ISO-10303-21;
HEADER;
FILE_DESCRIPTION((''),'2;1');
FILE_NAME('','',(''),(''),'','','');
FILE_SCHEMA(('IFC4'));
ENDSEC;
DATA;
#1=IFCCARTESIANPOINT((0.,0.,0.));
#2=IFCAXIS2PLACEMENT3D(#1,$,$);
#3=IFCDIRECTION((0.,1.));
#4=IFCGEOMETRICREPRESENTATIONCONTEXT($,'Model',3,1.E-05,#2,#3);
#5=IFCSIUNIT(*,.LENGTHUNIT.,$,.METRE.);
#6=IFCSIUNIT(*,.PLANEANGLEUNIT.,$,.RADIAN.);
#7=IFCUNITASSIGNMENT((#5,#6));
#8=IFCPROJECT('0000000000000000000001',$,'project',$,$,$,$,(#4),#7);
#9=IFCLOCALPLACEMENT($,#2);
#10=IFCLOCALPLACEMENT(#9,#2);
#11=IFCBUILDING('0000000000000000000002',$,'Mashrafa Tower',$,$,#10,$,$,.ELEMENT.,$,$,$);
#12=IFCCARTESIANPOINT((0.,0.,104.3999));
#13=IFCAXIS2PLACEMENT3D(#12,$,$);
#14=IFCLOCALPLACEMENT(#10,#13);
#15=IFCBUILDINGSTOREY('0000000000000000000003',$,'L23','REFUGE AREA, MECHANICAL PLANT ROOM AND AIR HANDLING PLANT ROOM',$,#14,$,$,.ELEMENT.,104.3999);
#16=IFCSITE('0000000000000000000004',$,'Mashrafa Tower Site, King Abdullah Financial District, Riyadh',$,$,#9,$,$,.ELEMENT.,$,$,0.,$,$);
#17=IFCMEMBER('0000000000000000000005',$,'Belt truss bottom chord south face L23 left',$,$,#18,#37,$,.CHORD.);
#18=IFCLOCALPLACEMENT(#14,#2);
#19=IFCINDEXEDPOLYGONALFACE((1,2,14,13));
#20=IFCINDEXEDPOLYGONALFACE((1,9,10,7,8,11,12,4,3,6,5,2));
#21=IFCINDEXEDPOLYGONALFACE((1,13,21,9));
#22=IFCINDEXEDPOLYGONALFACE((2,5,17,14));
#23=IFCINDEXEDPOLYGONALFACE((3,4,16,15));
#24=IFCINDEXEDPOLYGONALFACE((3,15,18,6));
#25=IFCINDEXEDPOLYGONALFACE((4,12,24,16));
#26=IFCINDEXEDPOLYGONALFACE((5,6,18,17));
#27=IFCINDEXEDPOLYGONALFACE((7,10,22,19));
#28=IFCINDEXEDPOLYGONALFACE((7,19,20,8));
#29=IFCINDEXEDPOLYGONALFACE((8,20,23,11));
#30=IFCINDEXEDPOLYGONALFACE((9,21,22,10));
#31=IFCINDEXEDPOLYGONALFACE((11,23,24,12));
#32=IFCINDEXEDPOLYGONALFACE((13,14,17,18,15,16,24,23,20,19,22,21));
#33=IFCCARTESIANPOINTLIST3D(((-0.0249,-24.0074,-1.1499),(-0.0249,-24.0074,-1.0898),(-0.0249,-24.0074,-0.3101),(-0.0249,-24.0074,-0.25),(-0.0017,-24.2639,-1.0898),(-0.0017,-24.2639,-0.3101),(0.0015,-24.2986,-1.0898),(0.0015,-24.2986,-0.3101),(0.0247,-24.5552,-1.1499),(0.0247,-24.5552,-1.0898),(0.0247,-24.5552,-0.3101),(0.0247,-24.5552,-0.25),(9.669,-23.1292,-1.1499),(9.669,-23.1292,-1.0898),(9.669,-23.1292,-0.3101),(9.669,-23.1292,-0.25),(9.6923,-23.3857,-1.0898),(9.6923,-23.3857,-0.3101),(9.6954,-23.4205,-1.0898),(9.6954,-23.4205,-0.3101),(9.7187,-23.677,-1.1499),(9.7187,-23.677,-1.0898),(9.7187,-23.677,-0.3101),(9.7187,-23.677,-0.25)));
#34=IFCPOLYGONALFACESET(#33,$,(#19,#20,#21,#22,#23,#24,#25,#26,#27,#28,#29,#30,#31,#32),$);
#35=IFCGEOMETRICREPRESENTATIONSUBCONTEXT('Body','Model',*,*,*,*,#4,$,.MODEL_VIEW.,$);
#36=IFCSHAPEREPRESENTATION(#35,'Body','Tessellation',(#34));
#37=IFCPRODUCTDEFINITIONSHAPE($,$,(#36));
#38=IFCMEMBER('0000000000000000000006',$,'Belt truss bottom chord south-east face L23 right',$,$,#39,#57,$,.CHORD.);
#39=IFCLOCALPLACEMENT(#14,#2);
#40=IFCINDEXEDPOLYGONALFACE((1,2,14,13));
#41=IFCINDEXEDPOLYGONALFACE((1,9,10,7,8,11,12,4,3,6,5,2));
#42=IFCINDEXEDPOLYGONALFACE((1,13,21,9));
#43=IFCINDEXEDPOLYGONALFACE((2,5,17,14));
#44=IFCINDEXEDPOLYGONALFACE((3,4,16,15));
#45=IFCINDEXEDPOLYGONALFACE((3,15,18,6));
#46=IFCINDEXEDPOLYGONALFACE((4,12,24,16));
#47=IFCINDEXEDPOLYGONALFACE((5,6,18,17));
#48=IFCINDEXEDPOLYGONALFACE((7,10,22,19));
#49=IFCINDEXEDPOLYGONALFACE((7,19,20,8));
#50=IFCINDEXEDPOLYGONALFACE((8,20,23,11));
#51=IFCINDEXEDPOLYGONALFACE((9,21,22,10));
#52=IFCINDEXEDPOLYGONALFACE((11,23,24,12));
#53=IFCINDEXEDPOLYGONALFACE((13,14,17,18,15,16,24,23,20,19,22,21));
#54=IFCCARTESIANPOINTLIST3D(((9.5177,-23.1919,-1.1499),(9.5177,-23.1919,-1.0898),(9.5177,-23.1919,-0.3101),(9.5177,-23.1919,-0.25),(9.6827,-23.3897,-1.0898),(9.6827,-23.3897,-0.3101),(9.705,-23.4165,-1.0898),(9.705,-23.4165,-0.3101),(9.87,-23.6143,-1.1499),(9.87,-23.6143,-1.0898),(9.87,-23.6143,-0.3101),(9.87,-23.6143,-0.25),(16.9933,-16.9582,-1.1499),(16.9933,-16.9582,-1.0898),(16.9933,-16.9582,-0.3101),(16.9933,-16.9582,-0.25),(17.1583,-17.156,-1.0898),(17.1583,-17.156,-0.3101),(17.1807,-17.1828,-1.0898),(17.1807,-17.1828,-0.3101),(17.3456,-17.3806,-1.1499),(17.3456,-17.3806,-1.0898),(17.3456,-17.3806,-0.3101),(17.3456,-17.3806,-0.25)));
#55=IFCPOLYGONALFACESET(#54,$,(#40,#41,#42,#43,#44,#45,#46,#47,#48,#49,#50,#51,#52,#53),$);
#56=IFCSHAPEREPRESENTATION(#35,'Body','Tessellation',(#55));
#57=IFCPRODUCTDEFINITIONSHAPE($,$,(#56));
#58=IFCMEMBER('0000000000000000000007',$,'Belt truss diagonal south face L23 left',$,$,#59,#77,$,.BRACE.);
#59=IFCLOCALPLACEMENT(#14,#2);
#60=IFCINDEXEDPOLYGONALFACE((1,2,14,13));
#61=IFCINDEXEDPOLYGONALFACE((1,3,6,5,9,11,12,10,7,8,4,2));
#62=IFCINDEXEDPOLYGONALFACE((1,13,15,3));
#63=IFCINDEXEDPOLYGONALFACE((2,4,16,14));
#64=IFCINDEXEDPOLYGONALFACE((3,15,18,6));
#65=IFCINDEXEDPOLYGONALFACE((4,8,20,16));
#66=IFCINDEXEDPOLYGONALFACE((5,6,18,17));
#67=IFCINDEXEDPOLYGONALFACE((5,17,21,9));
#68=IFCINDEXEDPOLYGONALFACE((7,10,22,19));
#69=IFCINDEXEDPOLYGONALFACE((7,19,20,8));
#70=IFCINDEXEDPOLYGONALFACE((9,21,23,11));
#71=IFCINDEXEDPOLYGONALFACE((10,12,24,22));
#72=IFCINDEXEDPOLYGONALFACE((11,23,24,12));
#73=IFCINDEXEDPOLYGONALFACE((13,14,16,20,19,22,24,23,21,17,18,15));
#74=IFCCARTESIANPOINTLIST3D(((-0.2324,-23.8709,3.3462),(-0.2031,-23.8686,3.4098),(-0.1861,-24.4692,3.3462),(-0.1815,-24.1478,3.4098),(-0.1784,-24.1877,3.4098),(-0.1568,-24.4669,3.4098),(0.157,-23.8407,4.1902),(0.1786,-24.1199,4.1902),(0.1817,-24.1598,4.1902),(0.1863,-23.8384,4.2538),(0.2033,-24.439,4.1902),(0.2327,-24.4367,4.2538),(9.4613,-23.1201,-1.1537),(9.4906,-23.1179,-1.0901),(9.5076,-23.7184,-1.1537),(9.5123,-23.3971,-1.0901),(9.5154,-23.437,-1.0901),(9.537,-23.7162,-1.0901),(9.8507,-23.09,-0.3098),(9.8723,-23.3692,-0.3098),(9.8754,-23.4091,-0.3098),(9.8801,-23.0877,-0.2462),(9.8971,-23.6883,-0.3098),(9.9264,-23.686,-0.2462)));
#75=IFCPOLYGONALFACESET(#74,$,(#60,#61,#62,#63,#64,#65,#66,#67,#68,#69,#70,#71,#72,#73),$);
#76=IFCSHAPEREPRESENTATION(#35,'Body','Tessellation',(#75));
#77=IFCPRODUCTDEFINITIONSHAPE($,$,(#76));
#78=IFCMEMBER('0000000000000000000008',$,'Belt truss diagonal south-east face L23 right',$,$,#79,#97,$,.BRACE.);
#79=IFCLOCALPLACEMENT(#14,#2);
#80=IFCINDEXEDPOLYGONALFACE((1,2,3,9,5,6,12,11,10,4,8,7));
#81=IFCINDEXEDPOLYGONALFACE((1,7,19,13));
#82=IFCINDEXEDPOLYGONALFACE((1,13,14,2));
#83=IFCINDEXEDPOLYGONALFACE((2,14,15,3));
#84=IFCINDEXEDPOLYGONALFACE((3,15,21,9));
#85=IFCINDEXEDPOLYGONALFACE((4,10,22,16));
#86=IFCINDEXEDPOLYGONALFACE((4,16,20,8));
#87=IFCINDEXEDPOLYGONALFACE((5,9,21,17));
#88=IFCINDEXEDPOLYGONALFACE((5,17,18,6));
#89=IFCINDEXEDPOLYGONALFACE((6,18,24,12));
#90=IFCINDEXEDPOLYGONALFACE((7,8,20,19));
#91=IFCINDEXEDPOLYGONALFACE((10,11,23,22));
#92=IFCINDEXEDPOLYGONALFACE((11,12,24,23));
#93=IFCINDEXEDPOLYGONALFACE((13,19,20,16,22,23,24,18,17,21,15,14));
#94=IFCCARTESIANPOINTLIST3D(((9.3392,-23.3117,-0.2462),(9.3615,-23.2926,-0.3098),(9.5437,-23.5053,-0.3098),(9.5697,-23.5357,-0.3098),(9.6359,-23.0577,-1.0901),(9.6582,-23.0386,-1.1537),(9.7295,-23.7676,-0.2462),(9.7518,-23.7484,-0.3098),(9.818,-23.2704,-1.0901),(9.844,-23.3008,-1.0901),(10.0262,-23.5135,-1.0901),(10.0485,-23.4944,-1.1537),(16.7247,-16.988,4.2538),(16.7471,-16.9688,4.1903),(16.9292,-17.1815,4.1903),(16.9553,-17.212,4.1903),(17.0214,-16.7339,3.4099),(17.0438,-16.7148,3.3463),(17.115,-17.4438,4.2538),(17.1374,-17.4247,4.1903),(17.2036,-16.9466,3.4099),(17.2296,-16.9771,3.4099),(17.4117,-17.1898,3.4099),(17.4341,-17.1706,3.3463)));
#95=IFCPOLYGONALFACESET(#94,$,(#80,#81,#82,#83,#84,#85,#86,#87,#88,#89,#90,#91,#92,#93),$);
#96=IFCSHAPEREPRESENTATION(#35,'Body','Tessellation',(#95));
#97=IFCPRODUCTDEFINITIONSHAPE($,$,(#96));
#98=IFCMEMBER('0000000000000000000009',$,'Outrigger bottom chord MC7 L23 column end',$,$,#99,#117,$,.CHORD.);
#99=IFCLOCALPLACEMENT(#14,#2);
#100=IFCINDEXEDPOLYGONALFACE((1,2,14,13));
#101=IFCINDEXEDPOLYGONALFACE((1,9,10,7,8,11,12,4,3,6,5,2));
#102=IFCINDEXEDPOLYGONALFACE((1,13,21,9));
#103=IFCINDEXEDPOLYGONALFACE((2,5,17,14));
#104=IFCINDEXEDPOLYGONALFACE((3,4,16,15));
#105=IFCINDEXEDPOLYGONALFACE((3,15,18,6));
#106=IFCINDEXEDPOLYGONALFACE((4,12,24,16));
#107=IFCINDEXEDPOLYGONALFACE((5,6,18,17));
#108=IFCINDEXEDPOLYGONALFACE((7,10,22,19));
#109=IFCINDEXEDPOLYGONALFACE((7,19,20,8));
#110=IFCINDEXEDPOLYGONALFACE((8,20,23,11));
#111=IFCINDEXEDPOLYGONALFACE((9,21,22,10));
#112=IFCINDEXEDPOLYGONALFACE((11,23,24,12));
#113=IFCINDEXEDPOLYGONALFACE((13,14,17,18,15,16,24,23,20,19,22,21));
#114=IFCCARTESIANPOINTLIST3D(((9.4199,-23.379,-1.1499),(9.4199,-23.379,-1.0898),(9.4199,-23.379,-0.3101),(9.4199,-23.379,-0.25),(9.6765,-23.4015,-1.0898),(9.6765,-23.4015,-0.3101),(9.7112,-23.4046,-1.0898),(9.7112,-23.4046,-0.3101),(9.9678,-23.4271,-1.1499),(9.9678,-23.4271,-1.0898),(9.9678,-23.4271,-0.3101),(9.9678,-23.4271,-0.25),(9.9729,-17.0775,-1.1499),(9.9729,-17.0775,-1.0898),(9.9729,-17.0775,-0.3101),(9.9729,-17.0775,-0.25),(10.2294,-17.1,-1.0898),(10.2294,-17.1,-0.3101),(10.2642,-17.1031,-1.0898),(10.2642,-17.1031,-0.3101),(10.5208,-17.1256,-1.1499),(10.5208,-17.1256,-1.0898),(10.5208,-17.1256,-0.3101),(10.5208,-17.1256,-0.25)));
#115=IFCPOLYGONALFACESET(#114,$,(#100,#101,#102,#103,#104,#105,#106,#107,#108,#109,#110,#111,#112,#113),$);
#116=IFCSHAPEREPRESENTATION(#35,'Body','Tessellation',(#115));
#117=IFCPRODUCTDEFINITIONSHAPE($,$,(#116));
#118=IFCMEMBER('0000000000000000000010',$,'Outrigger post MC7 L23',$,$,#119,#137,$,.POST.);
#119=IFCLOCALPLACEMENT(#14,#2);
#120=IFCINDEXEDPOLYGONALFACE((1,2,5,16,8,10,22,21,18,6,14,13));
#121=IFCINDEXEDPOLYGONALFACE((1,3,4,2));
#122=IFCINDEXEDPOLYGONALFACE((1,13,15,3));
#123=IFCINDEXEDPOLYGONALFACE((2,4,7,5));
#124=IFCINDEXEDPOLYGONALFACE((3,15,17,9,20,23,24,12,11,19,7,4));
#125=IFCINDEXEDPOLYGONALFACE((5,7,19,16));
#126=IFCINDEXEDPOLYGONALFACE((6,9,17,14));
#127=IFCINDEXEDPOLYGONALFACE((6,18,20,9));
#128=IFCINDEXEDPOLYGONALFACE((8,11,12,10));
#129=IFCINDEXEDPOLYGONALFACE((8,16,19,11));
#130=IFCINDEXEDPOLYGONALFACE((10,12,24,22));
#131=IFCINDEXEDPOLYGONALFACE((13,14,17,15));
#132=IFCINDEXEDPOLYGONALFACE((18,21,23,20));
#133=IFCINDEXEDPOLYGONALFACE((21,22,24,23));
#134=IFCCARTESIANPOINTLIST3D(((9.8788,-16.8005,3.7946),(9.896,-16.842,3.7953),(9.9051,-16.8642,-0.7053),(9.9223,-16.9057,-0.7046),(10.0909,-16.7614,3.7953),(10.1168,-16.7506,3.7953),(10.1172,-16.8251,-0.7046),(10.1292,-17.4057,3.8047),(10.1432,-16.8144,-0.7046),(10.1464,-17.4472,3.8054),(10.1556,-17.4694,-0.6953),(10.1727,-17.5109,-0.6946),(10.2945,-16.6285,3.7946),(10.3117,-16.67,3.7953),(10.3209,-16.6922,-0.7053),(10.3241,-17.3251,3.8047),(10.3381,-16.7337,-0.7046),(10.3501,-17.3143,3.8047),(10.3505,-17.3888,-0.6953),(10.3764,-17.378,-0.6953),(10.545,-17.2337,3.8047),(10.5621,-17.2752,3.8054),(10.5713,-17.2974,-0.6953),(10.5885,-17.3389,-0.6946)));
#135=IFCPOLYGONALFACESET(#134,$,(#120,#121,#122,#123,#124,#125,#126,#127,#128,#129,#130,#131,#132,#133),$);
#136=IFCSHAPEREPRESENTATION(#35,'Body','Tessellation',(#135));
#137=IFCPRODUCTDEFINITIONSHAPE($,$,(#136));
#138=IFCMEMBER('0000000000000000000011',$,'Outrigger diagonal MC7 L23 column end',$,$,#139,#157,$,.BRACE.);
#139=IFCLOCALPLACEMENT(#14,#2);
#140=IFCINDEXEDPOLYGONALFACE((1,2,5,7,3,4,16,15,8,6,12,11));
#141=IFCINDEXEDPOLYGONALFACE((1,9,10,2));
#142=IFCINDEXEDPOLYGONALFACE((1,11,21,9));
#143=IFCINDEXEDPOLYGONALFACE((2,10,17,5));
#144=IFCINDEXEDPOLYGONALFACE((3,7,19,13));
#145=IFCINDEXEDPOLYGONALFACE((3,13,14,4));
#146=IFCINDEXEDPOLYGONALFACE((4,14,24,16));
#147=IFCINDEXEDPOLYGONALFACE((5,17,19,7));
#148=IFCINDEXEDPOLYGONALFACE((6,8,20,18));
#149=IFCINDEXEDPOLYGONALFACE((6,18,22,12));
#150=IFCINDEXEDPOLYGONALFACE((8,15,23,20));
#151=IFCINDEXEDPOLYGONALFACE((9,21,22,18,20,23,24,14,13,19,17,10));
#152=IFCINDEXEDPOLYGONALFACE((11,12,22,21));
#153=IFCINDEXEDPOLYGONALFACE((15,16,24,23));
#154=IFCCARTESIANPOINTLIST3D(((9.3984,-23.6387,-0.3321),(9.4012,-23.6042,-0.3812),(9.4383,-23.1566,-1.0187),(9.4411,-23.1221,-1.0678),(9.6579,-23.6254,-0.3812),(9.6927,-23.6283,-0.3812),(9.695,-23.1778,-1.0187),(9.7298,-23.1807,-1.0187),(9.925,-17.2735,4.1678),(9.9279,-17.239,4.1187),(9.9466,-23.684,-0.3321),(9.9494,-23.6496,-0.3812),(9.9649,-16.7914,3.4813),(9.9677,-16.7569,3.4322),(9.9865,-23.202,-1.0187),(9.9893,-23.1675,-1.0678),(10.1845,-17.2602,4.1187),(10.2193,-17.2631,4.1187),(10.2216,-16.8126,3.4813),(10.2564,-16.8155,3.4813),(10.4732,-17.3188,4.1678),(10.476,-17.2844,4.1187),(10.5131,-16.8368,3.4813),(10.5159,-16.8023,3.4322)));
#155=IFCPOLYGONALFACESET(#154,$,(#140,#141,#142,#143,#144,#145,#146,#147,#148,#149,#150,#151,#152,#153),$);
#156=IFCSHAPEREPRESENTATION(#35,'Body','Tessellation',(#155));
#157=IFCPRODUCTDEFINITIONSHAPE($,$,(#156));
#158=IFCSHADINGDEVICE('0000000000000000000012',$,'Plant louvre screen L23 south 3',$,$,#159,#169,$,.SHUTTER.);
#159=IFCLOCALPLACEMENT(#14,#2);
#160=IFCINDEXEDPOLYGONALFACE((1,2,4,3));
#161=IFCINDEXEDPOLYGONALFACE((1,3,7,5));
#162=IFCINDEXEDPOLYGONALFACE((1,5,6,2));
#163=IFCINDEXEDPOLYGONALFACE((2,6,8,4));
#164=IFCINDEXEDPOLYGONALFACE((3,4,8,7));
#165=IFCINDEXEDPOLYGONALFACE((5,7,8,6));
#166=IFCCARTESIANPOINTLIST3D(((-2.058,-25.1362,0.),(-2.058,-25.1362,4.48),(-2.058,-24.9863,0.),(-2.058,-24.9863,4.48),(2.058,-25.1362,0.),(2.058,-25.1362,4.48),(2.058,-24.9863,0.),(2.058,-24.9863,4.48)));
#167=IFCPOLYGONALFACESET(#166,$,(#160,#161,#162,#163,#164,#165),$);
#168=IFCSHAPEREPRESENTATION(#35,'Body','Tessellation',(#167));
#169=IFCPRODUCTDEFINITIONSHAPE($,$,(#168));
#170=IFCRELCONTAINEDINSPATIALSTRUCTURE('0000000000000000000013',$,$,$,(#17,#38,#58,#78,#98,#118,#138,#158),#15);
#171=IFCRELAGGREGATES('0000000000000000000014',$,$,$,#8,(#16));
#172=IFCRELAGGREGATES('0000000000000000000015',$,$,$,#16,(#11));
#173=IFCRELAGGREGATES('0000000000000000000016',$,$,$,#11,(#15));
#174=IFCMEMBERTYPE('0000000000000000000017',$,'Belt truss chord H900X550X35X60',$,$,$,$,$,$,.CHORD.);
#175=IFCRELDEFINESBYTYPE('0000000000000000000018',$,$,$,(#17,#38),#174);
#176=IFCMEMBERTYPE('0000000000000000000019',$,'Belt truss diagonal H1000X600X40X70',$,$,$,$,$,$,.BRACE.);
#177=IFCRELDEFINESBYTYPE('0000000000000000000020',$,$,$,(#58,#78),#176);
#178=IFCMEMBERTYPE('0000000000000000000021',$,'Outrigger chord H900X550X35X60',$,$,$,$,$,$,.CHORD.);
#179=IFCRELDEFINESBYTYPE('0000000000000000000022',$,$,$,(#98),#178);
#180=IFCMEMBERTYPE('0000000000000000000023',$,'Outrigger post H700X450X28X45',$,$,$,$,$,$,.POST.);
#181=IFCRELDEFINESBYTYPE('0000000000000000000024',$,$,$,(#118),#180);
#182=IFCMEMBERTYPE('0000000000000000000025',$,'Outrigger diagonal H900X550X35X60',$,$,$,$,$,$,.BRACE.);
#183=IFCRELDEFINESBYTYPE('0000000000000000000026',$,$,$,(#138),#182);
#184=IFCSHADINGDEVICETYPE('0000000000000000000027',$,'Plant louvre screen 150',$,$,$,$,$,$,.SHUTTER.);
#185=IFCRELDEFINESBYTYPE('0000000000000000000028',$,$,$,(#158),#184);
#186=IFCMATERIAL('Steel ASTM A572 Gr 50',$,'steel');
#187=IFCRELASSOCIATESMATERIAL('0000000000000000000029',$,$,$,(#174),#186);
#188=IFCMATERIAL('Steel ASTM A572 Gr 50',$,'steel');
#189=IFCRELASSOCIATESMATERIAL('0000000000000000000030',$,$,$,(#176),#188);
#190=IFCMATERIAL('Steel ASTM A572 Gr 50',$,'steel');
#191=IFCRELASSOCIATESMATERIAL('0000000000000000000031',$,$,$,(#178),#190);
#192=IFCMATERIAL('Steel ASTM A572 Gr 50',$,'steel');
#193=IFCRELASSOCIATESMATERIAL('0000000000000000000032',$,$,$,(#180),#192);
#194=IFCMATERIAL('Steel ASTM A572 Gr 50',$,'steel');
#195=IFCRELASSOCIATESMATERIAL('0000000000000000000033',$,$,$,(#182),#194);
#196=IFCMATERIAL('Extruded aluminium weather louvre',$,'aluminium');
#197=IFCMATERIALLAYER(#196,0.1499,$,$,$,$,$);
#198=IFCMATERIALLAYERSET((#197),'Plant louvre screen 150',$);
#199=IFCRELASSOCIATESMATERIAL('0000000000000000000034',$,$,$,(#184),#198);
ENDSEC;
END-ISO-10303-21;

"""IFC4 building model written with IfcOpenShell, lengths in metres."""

from ifc_helpers import new_model, si_unit, direction, frame, origin, origin_2d, place, context, subcontext, project, spatial, rectangle, i_section, extrude, source, transform, mapped, material, layer, layer_set, material_profile, profile_set, type_object, type_shapes, element, save


model = new_model("IFC4")

# Units and contexts
model_context = context("Model", 3, precision=1e-05, world=origin(), true_north=direction((0.0, 1.0)))
body_context = subcontext(model_context, "Body", "Model", "MODEL_VIEW")
ifc_project = project(units=[si_unit("LENGTHUNIT", "METRE"), si_unit("PLANEANGLEUNIT", "RADIAN")], contexts=[model_context])

# Site, building, storey
site_placement = place(None, origin())
site = spatial("IfcSite", under=ifc_project, at=site_placement, Name="Mashrafa Tower Site, King Abdullah Financial District, Riyadh", CompositionType="ELEMENT", RefElevation=0.0)
building_placement = place(site_placement, origin())
building = spatial("IfcBuilding", under=site, at=building_placement, Name="Mashrafa Tower", CompositionType="ELEMENT")
storey_placement = place(building_placement, frame((0.0, 0.0, 104.3999)))
storey = spatial("IfcBuildingStorey", under=building, at=storey_placement, Name="L23", Description="REFUGE AREA, MECHANICAL PLANT ROOM AND AIR HANDLING PLANT ROOM", CompositionType="ELEMENT", Elevation=104.3999)

# Members
ifc_material_1 = material(Name="Steel ASTM A572 Gr 50", Category="steel")
ifc_material_profile_1 = material_profile(ifc_material_1, i_section(OverallWidth=0.55, OverallDepth=0.8999, WebThickness=0.0349, FlangeThickness=0.0601, at=origin_2d()), Name="H900X550X35X60")
ifc_profile_set_1 = profile_set([ifc_material_profile_1], Name="Steel ASTM A572 Gr 50")
member_type_1 = type_object("IfcMemberType", Name="Belt truss chord H900X550X35X60", PredefinedType="CHORD", material=ifc_profile_set_1)
shared_shape_1 = source(origin(), body_context, "Body", "SweptSolid", [
    extrude(i_section(OverallWidth=0.55, OverallDepth=0.8999, WebThickness=0.0349, FlangeThickness=0.0601, at=origin_2d()), origin(), (0.0, 0.0, 1.0), 9.7336),
])
type_shapes(member_type_1, [shared_shape_1])
for number, where, z_axis, x_axis, name in (
    (1, (9.6938, -23.4031, -0.7), (-0.995922, -0.090221, 0.0), (0.090221, -0.995922, 0.0), "Belt truss bottom chord south face L23 left"),
    (2, (9.6938, -23.4031, -0.7), (0.76802, 0.640426, 0.0), (-0.640426, 0.76802, 0.0), "Belt truss bottom chord south-east face L23 right"),
):
    element("IfcMember", number, at=place(storey_placement, frame(where, z_axis=z_axis, x_axis=x_axis)), inside=storey, type_object=member_type_1, Name=name, PredefinedType="CHORD", context=body_context, shape_type="MappedRepresentation", body=[
        mapped(shared_shape_1, transform((0.0, 0.0, 0.0))),
    ])
ifc_material_2 = material(Name="Steel ASTM A572 Gr 50", Category="steel")
ifc_material_profile_2 = material_profile(ifc_material_2, i_section(OverallWidth=0.6001, OverallDepth=1.0, WebThickness=0.04, FlangeThickness=0.0701, at=origin_2d()), Name="H1000X600X40X70")
ifc_profile_set_2 = profile_set([ifc_material_profile_2], Name="Steel ASTM A572 Gr 50")
member_type_2 = type_object("IfcMemberType", Name="Belt truss diagonal H1000X600X40X70", PredefinedType="BRACE", material=ifc_profile_set_2)
shared_shape_2 = source(origin(), body_context, "Body", "SweptSolid", [
    extrude(i_section(OverallWidth=0.6001, OverallDepth=1.0, WebThickness=0.04, FlangeThickness=0.0701, at=origin_2d()), origin(), (0.0, 0.0, 1.0), 10.7136),
])
member_1_placement = place(storey_placement, frame((9.6938, -23.4031, -0.7), z_axis=(-0.904805, -0.070072, 0.420021), x_axis=(0.077213, -0.997015, 0.0)))
element("IfcMember", 3, at=member_1_placement, inside=storey, type_object=member_type_2, Name="Belt truss diagonal south face L23 left", PredefinedType="BRACE", context=body_context, shape_type="MappedRepresentation", body=[
    mapped(shared_shape_2, transform((0.0, 0.0, 0.0))),
])
shared_shape_3 = source(origin(), body_context, "Body", "SweptSolid", [
    extrude(i_section(OverallWidth=0.6001, OverallDepth=1.0, WebThickness=0.04, FlangeThickness=0.0701, at=origin_2d()), origin(), (0.0, 0.0, 1.0), 10.7139),
])
type_shapes(member_type_2, [shared_shape_2, shared_shape_3])
member_2_placement = place(storey_placement, frame((9.6938, -23.4031, -0.7), z_axis=(0.689345, 0.590243, 0.42002), x_axis=(-0.650394, 0.759597, 0.0)))
element("IfcMember", 4, at=member_2_placement, inside=storey, type_object=member_type_2, Name="Belt truss diagonal south-east face L23 right", PredefinedType="BRACE", context=body_context, shape_type="MappedRepresentation", body=[
    mapped(shared_shape_3, transform((0.0, 0.0, 0.0))),
])
ifc_material_3 = material(Name="Steel ASTM A572 Gr 50", Category="steel")
ifc_material_profile_3 = material_profile(ifc_material_3, i_section(OverallWidth=0.55, OverallDepth=0.8999, WebThickness=0.0349, FlangeThickness=0.0601, at=origin_2d()), Name="H900X550X35X60")
ifc_profile_set_3 = profile_set([ifc_material_profile_3], Name="Steel ASTM A572 Gr 50")
member_type_3 = type_object("IfcMemberType", Name="Outrigger chord H900X550X35X60", PredefinedType="CHORD", material=ifc_profile_set_3)
shared_shape_4 = source(origin(), body_context, "Body", "SweptSolid", [
    extrude(i_section(OverallWidth=0.55, OverallDepth=0.8999, WebThickness=0.0349, FlangeThickness=0.0601, at=origin_2d()), origin(), (0.0, 0.0, 1.0), 6.3257),
])
type_shapes(member_type_3, [shared_shape_4])
member_3_placement = place(storey_placement, frame((10.2468, -17.1016, -0.7), z_axis=(-0.087417, -0.996172, 0.0), x_axis=(0.996172, -0.087417, 0.0)))
element("IfcMember", 5, at=member_3_placement, inside=storey, type_object=member_type_3, Name="Outrigger bottom chord MC7 L23 column end", PredefinedType="CHORD", context=body_context, shape_type="MappedRepresentation", body=[
    mapped(shared_shape_4, transform((0.0, 0.0, 0.0))),
])
ifc_material_4 = material(Name="Steel ASTM A572 Gr 50", Category="steel")
ifc_material_profile_4 = material_profile(ifc_material_4, i_section(OverallWidth=0.45, OverallDepth=0.7, WebThickness=0.0281, FlangeThickness=0.0449, at=origin_2d()), Name="H700X450X28X45")
ifc_profile_set_4 = profile_set([ifc_material_profile_4], Name="Steel ASTM A572 Gr 50")
member_type_4 = type_object("IfcMemberType", Name="Outrigger post H700X450X28X45", PredefinedType="POST", material=ifc_profile_set_4)
shared_shape_5 = source(origin(), body_context, "Body", "SweptSolid", [
    extrude(i_section(OverallWidth=0.45, OverallDepth=0.7, WebThickness=0.0281, FlangeThickness=0.0449, at=origin_2d()), origin(), (0.0, 0.0, 1.0), 4.5005),
])
type_shapes(member_type_4, [shared_shape_5])
member_4_placement = place(storey_placement, frame((10.2468, -17.1016, -0.7), z_axis=(-0.005859, 0.014158, 0.999883), x_axis=(-0.924017, -0.382352, 0.0)))
element("IfcMember", 6, at=member_4_placement, inside=storey, type_object=member_type_4, Name="Outrigger post MC7 L23", PredefinedType="POST", context=body_context, shape_type="MappedRepresentation", body=[
    mapped(shared_shape_5, transform((0.0, 0.0, 0.0))),
])
ifc_material_5 = material(Name="Steel ASTM A572 Gr 50", Category="steel")
ifc_material_profile_5 = material_profile(ifc_material_5, i_section(OverallWidth=0.55, OverallDepth=0.8999, WebThickness=0.0349, FlangeThickness=0.0601, at=origin_2d()), Name="H900X550X35X60")
ifc_profile_set_5 = profile_set([ifc_material_profile_5], Name="Steel ASTM A572 Gr 50")
member_type_5 = type_object("IfcMemberType", Name="Outrigger diagonal H900X550X35X60", PredefinedType="BRACE", material=ifc_profile_set_5)
shared_shape_6 = source(origin(), body_context, "Body", "SweptSolid", [
    extrude(i_section(OverallWidth=0.55, OverallDepth=0.8999, WebThickness=0.0349, FlangeThickness=0.0601, at=origin_2d()), origin(), (0.0, 0.0, 1.0), 7.813),
])
type_shapes(member_type_5, [shared_shape_6])
member_5_placement = place(storey_placement, frame((9.6938, -23.4031, -0.7), z_axis=(0.067402, 0.814694, 0.575961), x_axis=(-0.996595, 0.082451, 0.0)))
element("IfcMember", 7, at=member_5_placement, inside=storey, type_object=member_type_5, Name="Outrigger diagonal MC7 L23 column end", PredefinedType="BRACE", context=body_context, shape_type="MappedRepresentation", body=[
    mapped(shared_shape_6, transform((0.0, 0.0, 0.0))),
])

# Shading device
ifc_material_6 = material(Name="Extruded aluminium weather louvre", Category="aluminium")
ifc_layer = layer(ifc_material_6, 0.1499)
ifc_layer_set = layer_set([ifc_layer], Name="Plant louvre screen 150")
shading_device_type = type_object("IfcShadingDeviceType", Name="Plant louvre screen 150", PredefinedType="SHUTTER", material=ifc_layer_set)
shared_shape_7 = source(origin(), body_context, "Body", "SweptSolid", [
    extrude(rectangle(XDim=4.116, YDim=0.1499, at=origin_2d()), origin(), (0.0, 0.0, 1.0), 4.48),
])
type_shapes(shading_device_type, [shared_shape_7])
for number, where, z_axis, x_axis, name in (
    (8, (0.0, -25.0613, 0.0), (0.0, 0.0, 1.0), (1.0, 0.0, 0.0), "Plant louvre screen L23 south 3"),
):
    element("IfcShadingDevice", number, at=place(storey_placement, frame(where, z_axis=z_axis, x_axis=x_axis)), inside=storey, type_object=shading_device_type, Name=name, PredefinedType="SHUTTER", context=body_context, shape_type="MappedRepresentation", body=[
        mapped(shared_shape_7, transform((0.0, 0.0, 0.0))),
    ])

save(model, "model.ifc")
